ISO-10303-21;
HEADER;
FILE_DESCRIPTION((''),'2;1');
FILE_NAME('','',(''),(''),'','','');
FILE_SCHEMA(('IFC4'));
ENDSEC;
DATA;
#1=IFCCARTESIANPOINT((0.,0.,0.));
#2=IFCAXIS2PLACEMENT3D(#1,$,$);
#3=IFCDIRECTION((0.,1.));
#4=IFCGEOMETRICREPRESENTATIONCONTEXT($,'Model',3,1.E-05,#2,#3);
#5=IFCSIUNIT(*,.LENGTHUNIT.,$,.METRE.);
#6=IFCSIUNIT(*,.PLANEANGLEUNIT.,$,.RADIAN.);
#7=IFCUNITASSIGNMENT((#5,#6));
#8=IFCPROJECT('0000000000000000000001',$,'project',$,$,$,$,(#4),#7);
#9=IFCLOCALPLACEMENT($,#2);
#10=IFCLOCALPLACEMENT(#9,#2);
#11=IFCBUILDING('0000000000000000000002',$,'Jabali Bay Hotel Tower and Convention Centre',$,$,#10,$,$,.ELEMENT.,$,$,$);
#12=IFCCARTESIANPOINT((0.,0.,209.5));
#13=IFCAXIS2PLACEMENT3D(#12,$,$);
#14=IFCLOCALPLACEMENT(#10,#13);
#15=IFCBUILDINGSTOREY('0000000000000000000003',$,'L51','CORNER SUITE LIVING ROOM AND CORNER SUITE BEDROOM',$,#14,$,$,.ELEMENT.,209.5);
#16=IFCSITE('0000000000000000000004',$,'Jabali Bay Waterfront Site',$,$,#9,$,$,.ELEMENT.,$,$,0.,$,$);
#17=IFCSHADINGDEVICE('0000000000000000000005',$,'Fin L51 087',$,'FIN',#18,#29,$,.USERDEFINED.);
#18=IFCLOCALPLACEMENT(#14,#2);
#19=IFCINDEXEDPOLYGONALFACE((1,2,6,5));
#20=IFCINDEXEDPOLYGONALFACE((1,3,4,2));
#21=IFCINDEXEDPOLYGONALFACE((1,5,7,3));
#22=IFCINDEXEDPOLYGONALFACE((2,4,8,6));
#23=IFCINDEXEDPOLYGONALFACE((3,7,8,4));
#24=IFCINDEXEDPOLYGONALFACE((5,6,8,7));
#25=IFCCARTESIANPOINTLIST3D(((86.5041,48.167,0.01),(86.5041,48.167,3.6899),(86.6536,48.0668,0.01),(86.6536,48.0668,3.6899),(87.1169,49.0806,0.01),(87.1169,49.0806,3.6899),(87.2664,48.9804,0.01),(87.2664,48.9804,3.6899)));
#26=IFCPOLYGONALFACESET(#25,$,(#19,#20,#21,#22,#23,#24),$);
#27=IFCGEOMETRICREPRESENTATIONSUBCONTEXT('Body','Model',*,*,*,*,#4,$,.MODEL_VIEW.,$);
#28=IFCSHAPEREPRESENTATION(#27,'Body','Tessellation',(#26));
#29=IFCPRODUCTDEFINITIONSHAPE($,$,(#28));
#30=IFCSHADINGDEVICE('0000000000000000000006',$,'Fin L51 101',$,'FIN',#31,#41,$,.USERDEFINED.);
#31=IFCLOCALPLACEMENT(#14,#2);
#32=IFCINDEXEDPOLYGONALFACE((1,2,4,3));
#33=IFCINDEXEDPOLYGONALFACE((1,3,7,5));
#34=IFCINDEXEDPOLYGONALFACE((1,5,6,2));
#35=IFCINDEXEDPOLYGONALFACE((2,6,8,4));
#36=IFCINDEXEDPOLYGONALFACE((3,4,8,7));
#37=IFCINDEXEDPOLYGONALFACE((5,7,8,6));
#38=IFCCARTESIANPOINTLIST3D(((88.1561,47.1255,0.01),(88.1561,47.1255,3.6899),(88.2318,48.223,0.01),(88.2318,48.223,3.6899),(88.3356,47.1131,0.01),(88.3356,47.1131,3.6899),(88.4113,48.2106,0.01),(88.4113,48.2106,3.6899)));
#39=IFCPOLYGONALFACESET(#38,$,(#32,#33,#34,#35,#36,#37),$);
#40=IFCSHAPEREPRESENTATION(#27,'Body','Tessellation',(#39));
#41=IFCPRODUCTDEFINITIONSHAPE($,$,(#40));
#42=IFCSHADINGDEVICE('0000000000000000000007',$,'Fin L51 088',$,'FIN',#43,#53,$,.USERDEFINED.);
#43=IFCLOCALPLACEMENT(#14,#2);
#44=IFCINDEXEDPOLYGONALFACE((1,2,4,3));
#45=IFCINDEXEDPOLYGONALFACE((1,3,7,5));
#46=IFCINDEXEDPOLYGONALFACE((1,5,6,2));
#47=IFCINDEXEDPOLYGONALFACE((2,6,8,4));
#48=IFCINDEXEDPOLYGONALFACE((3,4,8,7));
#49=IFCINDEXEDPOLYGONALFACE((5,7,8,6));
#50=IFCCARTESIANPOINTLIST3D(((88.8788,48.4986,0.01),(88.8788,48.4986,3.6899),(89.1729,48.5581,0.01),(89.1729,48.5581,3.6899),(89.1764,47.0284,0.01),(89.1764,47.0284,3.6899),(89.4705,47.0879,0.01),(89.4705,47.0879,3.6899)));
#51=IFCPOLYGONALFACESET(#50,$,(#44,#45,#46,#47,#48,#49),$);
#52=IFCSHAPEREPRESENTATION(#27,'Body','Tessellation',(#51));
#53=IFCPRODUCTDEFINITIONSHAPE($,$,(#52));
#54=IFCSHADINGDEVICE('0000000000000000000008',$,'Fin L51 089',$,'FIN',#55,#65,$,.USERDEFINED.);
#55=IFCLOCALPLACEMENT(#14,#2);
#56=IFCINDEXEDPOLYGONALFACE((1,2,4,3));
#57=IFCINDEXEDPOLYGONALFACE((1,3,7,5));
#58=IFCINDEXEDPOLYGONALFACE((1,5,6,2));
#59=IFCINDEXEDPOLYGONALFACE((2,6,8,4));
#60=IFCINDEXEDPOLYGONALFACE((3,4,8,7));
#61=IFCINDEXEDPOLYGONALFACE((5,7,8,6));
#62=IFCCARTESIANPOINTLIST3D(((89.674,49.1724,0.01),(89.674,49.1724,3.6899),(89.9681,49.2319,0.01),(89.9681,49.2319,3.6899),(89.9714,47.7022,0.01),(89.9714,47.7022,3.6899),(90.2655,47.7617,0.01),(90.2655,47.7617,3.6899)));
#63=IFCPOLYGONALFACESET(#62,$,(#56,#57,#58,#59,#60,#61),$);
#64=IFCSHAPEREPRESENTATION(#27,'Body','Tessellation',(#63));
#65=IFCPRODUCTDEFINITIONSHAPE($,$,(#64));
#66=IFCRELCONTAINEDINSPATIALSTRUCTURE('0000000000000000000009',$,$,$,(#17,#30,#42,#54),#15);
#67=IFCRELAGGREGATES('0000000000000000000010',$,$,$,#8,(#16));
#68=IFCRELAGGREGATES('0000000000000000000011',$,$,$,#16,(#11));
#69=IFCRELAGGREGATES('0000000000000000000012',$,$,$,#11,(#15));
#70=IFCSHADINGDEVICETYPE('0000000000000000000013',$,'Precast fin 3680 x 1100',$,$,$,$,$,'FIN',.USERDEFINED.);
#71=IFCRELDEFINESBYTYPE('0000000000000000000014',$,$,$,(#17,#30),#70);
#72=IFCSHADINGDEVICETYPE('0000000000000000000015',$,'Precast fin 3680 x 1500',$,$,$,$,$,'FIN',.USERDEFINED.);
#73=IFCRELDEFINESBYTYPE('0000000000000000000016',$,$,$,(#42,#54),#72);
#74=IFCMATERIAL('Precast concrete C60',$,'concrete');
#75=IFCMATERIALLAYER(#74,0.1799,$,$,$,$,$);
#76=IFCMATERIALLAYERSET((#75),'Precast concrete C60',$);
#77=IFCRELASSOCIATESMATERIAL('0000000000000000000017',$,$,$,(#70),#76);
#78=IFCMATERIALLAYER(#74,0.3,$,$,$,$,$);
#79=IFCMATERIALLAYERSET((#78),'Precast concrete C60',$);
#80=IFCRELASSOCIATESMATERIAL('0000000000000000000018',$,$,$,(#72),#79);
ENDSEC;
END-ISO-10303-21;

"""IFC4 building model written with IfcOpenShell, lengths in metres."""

from ifc_helpers import new_model, si_unit, direction, frame, frame_2d, origin, place, context, subcontext, project, spatial, rectangle, extrude, material, layer, layer_set, type_object, element, save


model = new_model("IFC4")

# Units and contexts
model_context = context("Model", 3, precision=1e-05, world=origin(), true_north=direction((0.0, 1.0)))
body_context = subcontext(model_context, "Body", "Model", "MODEL_VIEW")
ifc_project = project(units=[si_unit("LENGTHUNIT", "METRE"), si_unit("PLANEANGLEUNIT", "RADIAN")], contexts=[model_context])

# Site, building, storey
site_placement = place(None, origin())
site = spatial("IfcSite", under=ifc_project, at=site_placement, Name="Jabali Bay Waterfront Site", CompositionType="ELEMENT", RefElevation=0.0)
building_placement = place(site_placement, origin())
building = spatial("IfcBuilding", under=site, at=building_placement, Name="Jabali Bay Hotel Tower and Convention Centre", CompositionType="ELEMENT")
storey_placement = place(building_placement, frame((0.0, 0.0, 209.5)))
storey = spatial("IfcBuildingStorey", under=building, at=storey_placement, Name="L51", Description="CORNER SUITE LIVING ROOM AND CORNER SUITE BEDROOM", CompositionType="ELEMENT", Elevation=209.5)

# Shading devices
ifc_material_1 = material(Name="Precast concrete C60", Category="concrete")
ifc_layer_1 = layer(ifc_material_1, 0.1799)
ifc_layer_set_1 = layer_set([ifc_layer_1], Name="Precast concrete C60")
shading_device_type_1 = type_object("IfcShadingDeviceType", Name="Precast fin 3680 x 1100", ElementType="FIN", PredefinedType="USERDEFINED", material=ifc_layer_set_1)
for number, where, z_axis, x_axis, name in (
    (1, (87.1917, 49.0305, 0.01), (0.0, 0.0, 1.0), (-0.557054, -0.830476, 0.0), "Fin L51 087"),
    (2, (88.3215, 48.2168, 0.01), (0.0, 0.0, 1.0), (-0.068802, -0.99763, 0.0), "Fin L51 101"),
):
    element("IfcShadingDevice", number, at=place(storey_placement, frame(where, z_axis=z_axis, x_axis=x_axis)), inside=storey, type_object=shading_device_type_1, Name=name, ObjectType="FIN", PredefinedType="USERDEFINED", context=body_context, shape_type="SweptSolid", body=[
        extrude(rectangle(XDim=1.1001, YDim=0.1799, at=frame_2d((0.55, 0.0))), origin(), (0.0, 0.0, 1.0), 3.6799),
    ])
ifc_layer_2 = layer(ifc_material_1, 0.3)
ifc_layer_set_2 = layer_set([ifc_layer_2], Name="Precast concrete C60")
shading_device_type_2 = type_object("IfcShadingDeviceType", Name="Precast fin 3680 x 1500", ElementType="FIN", PredefinedType="USERDEFINED", material=ifc_layer_set_2)
for number, where, z_axis, x_axis, name in (
    (3, (89.0259, 48.5283, 0.01), (0.0, 0.0, 1.0), (0.1984, -0.980121, 0.0), "Fin L51 088"),
    (4, (89.821, 49.2021, 0.01), (0.0, 0.0, 1.0), (0.198244, -0.980153, 0.0), "Fin L51 089"),
):
    element("IfcShadingDevice", number, at=place(storey_placement, frame(where, z_axis=z_axis, x_axis=x_axis)), inside=storey, type_object=shading_device_type_2, Name=name, ObjectType="FIN", PredefinedType="USERDEFINED", context=body_context, shape_type="SweptSolid", body=[
        extrude(rectangle(XDim=1.5, YDim=0.3, at=frame_2d((0.75, 0.0))), origin(), (0.0, 0.0, 1.0), 3.6799),
    ])

save(model, "model.ifc")
